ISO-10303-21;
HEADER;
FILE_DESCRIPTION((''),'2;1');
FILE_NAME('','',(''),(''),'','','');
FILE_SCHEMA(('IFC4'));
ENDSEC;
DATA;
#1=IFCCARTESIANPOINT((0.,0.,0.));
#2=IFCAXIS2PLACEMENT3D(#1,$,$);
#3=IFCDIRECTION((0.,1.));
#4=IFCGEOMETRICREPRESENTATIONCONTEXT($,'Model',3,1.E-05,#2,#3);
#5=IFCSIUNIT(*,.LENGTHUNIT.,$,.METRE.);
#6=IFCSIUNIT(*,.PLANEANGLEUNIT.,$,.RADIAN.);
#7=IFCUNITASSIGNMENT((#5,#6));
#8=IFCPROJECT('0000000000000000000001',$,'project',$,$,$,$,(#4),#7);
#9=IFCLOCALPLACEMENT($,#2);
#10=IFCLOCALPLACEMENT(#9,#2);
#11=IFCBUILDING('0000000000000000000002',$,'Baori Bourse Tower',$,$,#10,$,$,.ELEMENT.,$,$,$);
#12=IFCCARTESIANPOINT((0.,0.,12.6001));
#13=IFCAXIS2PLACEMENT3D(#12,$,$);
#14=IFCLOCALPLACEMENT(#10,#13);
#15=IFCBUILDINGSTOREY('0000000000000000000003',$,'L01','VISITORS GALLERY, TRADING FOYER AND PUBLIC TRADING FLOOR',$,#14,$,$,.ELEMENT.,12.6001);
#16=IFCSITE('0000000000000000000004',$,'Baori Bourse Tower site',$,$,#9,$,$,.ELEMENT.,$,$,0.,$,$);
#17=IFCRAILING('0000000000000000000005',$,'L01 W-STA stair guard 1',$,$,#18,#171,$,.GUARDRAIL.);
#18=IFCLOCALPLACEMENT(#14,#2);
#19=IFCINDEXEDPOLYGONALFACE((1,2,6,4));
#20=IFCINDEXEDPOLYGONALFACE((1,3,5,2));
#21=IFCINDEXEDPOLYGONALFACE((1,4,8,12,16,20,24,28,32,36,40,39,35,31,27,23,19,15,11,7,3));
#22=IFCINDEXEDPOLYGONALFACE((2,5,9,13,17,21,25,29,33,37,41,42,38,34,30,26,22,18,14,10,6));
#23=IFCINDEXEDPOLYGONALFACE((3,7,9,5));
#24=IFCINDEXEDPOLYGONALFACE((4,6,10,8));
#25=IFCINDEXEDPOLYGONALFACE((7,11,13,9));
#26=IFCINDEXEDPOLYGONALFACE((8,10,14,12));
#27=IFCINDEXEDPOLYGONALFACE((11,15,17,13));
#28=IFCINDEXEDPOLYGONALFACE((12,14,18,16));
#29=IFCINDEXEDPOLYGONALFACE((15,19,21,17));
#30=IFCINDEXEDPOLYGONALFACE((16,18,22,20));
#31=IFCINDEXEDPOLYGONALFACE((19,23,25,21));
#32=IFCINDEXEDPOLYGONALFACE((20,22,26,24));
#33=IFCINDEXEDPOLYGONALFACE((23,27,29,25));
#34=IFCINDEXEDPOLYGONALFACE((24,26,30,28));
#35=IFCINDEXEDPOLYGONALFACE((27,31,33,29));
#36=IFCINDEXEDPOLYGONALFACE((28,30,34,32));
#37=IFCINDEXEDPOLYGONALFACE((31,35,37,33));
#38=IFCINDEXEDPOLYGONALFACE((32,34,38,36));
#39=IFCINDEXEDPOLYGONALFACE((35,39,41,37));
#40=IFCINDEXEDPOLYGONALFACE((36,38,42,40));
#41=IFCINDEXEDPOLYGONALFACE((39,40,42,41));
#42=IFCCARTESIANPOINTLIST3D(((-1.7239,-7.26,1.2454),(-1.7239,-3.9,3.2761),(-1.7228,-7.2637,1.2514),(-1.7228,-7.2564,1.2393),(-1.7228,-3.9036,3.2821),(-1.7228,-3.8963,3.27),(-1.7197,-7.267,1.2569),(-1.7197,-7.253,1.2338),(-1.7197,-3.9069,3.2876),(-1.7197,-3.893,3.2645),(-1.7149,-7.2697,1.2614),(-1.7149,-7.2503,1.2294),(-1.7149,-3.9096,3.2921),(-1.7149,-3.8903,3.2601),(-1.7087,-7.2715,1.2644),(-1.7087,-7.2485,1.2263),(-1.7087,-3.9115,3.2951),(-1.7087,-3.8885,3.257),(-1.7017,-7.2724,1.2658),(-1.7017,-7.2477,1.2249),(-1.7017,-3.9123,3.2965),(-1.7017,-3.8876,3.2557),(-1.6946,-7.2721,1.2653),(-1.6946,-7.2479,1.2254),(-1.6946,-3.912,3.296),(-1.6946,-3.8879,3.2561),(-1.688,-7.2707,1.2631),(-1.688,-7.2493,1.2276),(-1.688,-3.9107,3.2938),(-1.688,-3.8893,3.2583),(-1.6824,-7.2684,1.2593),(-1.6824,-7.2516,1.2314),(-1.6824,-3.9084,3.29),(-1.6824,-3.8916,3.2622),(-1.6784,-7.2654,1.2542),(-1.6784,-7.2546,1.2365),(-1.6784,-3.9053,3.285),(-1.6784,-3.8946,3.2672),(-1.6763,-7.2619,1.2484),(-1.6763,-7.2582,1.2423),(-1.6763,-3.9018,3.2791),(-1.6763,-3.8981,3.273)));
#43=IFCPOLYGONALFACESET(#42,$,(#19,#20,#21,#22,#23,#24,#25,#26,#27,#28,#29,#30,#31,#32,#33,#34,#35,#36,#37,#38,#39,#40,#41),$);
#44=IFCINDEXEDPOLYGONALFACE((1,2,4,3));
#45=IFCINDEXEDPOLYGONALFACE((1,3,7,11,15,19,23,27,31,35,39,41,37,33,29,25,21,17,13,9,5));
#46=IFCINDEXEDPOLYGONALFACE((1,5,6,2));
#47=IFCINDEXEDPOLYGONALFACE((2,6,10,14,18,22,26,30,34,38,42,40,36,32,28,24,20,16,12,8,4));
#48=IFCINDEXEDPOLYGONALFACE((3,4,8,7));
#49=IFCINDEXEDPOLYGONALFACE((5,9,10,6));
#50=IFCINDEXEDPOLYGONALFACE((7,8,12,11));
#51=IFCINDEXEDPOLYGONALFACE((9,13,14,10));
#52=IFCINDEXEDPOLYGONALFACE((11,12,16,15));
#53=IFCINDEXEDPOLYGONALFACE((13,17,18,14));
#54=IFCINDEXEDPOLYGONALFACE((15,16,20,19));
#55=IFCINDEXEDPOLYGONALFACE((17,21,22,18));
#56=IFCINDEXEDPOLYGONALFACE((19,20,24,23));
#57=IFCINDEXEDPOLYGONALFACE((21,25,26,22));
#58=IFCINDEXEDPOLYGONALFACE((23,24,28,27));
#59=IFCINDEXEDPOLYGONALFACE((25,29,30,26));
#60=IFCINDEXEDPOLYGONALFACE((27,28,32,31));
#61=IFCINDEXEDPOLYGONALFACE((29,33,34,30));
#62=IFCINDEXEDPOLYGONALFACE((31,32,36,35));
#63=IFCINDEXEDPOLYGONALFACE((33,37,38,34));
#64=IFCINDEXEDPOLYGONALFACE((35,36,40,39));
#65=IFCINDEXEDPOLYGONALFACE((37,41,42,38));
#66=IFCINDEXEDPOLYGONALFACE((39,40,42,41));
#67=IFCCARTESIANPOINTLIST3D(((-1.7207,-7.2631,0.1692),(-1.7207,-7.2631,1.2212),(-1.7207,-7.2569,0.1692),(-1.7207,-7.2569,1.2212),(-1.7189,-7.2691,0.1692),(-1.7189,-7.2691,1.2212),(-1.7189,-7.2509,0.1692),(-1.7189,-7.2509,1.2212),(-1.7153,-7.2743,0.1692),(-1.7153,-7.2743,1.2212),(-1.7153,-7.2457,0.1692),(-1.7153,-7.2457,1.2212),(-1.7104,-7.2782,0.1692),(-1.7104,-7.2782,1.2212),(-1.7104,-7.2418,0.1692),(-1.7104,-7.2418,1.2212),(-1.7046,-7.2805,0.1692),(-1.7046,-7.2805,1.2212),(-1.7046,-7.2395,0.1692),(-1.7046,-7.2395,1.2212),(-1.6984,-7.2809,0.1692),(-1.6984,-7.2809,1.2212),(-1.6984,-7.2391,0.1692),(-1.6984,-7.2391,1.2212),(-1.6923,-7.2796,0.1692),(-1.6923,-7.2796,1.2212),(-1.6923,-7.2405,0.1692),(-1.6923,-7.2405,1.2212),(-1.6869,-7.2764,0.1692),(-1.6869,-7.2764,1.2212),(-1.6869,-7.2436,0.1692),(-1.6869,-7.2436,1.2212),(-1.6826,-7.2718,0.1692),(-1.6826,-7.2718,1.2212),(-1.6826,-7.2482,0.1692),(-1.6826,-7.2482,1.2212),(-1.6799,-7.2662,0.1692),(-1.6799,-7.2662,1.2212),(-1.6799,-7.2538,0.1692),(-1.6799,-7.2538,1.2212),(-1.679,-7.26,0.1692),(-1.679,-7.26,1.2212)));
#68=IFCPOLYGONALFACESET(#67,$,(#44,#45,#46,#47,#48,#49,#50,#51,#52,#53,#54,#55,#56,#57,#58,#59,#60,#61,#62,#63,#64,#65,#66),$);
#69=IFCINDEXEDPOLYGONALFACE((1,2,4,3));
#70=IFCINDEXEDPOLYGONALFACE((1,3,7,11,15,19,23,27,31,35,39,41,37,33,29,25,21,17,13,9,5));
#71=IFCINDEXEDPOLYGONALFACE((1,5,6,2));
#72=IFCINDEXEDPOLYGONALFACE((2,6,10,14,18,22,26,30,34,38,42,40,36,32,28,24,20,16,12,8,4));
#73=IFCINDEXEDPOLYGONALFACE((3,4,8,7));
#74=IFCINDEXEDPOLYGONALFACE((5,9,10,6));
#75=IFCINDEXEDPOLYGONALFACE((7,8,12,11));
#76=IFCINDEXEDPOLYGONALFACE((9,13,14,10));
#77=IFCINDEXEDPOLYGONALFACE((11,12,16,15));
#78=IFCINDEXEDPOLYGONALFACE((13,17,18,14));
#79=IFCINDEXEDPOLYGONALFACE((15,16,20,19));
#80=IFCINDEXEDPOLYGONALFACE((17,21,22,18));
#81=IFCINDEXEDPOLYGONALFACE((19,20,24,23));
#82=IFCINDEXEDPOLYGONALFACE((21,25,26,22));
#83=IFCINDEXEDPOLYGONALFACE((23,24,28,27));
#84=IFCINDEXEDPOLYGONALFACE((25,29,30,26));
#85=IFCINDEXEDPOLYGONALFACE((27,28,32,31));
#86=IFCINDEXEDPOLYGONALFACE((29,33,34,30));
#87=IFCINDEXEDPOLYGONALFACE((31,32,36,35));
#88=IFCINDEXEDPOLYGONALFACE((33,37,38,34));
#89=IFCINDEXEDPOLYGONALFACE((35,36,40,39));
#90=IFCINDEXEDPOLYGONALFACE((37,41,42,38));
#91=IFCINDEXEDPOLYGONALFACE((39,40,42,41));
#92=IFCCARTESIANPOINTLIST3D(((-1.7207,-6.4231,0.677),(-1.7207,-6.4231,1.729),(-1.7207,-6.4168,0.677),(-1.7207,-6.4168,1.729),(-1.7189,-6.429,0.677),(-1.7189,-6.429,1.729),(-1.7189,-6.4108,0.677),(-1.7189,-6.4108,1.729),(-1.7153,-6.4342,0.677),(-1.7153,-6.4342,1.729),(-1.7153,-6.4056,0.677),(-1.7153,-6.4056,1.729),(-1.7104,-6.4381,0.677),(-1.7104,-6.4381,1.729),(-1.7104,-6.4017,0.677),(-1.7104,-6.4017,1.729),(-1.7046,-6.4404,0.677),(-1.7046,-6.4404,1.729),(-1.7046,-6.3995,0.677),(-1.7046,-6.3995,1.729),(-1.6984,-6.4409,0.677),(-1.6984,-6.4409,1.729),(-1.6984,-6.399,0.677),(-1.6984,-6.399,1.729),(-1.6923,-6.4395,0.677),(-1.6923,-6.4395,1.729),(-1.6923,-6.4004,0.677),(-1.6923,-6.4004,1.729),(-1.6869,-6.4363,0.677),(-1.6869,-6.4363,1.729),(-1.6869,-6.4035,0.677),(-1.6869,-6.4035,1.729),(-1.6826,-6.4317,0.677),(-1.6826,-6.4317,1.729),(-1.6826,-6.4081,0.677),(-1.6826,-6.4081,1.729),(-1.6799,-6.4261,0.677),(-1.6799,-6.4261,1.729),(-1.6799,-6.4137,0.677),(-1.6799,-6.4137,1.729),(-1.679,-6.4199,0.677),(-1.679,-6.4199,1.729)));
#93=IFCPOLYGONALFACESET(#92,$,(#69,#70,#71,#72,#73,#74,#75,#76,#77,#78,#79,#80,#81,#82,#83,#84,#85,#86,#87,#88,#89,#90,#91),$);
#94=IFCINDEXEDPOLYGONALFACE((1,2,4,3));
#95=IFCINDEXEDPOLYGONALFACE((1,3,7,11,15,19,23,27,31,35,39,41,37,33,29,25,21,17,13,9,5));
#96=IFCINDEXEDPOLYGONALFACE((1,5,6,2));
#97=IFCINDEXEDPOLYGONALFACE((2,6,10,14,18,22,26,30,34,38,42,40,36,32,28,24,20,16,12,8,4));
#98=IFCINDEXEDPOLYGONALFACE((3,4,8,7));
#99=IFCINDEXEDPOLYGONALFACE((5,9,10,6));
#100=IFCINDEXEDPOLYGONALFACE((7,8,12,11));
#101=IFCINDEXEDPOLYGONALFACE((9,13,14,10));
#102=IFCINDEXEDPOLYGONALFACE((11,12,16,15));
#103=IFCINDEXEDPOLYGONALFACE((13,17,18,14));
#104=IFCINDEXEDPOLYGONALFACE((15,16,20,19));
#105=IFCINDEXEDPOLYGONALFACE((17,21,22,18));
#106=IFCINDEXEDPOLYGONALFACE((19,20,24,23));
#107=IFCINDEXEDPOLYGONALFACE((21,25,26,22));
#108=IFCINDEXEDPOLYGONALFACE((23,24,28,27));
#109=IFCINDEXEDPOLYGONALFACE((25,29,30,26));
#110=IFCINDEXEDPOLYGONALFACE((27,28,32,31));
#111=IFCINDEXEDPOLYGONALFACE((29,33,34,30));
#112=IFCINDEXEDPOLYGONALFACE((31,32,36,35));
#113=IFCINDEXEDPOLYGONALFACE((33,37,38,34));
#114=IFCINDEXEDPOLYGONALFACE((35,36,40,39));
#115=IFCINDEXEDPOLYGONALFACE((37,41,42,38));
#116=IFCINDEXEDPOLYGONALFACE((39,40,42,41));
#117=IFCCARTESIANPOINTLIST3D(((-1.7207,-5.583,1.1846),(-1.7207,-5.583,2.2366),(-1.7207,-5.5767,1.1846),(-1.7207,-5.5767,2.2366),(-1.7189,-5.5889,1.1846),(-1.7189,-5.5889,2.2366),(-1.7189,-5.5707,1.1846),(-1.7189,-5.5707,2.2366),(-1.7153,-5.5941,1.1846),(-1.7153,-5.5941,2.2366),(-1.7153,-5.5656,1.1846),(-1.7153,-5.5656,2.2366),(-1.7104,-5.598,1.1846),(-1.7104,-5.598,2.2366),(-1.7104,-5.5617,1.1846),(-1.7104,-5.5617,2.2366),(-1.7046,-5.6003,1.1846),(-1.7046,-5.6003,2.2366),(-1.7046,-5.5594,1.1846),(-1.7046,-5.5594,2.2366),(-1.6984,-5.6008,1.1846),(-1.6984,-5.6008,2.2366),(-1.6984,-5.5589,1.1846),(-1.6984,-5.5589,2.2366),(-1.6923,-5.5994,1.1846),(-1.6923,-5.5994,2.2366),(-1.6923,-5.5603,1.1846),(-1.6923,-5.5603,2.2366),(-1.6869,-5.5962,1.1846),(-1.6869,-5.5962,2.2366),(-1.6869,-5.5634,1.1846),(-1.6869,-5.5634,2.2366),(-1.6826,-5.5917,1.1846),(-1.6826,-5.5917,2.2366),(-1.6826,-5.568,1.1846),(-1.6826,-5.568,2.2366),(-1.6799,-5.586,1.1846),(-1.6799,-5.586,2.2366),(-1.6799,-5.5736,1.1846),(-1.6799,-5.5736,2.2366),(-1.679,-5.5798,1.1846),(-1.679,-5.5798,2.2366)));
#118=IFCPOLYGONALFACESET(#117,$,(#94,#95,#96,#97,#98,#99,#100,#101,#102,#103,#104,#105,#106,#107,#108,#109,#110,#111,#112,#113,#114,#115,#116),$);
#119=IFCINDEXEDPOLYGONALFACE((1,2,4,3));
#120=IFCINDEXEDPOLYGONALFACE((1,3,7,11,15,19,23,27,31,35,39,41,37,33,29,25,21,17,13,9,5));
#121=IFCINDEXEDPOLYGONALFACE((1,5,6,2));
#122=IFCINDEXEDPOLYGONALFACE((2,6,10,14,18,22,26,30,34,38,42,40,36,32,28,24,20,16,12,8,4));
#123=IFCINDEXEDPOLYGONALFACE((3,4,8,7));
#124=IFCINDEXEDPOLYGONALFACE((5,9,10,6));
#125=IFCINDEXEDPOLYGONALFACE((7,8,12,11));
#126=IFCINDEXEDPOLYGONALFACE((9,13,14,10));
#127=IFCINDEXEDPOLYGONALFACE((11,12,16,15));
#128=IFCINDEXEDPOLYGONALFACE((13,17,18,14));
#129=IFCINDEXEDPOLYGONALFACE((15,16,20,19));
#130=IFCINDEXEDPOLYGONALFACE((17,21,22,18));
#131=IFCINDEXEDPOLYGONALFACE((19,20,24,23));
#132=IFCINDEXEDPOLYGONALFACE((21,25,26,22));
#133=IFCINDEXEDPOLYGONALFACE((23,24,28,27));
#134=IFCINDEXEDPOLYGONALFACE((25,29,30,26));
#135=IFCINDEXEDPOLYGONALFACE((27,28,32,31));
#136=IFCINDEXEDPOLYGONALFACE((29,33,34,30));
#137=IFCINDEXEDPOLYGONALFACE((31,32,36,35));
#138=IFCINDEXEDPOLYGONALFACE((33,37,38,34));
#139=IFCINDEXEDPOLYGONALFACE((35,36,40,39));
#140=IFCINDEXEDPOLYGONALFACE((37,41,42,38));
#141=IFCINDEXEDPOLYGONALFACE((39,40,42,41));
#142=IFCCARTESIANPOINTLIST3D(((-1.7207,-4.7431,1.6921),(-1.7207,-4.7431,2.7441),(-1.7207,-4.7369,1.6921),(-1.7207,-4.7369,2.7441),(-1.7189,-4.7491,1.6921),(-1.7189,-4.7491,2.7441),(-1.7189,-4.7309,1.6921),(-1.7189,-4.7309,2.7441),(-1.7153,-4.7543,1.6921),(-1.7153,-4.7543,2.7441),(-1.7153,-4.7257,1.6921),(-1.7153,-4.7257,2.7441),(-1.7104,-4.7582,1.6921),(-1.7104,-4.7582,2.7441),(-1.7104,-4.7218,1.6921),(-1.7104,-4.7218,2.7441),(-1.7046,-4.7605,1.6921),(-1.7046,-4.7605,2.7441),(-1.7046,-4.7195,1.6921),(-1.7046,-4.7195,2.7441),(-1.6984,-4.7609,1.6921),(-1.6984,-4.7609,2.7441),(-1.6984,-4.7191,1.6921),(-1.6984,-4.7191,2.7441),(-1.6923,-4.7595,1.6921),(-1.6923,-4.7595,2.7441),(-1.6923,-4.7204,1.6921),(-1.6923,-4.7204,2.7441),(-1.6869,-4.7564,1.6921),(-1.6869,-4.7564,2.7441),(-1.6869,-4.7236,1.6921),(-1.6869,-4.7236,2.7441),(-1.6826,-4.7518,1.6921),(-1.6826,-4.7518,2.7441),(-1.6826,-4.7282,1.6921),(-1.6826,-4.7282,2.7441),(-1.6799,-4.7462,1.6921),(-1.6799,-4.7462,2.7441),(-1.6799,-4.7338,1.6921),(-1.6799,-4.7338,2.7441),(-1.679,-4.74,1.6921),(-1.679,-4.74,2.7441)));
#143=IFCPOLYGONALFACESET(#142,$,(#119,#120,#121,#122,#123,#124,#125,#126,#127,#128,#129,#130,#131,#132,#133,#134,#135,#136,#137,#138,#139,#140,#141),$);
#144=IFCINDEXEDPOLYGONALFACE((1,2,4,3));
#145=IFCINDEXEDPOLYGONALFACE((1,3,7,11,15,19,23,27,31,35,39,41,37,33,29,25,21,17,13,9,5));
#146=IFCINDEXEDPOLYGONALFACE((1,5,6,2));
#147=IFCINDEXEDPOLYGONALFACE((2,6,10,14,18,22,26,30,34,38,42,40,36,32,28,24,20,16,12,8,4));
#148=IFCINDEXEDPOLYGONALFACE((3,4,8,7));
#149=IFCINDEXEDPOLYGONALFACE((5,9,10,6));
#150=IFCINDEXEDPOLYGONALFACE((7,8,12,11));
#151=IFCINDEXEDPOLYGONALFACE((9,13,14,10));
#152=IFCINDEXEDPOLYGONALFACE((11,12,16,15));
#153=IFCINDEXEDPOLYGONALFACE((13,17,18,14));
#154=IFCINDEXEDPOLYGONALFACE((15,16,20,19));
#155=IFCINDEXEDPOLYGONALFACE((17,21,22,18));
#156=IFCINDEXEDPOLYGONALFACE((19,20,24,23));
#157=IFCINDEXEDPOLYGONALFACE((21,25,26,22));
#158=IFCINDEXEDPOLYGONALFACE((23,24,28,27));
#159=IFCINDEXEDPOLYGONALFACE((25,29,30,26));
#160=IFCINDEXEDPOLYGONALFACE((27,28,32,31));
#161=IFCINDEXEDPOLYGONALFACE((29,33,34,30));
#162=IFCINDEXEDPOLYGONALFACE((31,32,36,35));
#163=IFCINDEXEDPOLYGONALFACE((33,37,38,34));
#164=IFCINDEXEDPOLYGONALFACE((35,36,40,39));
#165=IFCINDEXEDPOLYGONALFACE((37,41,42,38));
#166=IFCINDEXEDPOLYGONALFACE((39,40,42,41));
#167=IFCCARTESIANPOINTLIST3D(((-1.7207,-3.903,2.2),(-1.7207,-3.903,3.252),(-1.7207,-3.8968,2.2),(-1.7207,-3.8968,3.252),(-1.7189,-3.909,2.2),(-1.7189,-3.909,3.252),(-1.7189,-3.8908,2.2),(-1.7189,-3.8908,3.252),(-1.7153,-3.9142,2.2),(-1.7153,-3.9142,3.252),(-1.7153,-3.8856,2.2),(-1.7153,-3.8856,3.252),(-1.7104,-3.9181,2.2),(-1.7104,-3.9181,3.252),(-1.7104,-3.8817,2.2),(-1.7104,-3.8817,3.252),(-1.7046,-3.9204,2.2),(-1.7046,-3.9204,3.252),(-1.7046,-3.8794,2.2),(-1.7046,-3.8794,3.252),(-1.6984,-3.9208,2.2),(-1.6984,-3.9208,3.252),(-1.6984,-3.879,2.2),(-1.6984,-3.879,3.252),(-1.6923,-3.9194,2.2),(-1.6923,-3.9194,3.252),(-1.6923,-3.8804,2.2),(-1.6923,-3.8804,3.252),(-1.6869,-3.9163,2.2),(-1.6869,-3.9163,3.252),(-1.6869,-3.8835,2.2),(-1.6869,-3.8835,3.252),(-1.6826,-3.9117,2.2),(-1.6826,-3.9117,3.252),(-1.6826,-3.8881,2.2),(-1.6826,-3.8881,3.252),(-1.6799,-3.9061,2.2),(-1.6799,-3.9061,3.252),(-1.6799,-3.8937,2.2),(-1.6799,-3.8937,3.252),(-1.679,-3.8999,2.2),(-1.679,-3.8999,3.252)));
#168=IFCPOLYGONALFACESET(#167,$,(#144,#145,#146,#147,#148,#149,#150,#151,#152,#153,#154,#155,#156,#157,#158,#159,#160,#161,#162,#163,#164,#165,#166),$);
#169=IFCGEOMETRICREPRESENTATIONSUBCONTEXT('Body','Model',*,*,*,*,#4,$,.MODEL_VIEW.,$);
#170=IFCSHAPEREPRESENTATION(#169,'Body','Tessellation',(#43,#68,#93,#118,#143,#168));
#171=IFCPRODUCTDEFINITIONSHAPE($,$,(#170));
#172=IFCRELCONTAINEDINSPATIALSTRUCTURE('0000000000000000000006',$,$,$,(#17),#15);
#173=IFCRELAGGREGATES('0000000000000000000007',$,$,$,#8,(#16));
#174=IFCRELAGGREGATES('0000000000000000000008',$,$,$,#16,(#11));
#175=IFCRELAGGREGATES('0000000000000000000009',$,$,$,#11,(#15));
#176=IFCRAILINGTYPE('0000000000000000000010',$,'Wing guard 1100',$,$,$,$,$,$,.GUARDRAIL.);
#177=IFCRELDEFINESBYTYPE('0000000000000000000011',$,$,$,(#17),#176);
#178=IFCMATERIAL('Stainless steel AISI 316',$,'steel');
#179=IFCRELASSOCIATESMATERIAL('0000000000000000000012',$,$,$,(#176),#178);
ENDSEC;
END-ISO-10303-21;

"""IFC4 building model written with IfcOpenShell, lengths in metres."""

from ifc_helpers import new_model, si_unit, direction, frame, origin, origin_2d, place, context, subcontext, project, spatial, circle, extrude, material, type_object, element, save


model = new_model("IFC4")

# Units and contexts
model_context = context("Model", 3, precision=1e-05, world=origin(), true_north=direction((0.0, 1.0)))
body_context = subcontext(model_context, "Body", "Model", "MODEL_VIEW")
ifc_project = project(units=[si_unit("LENGTHUNIT", "METRE"), si_unit("PLANEANGLEUNIT", "RADIAN")], contexts=[model_context])

# Site, building, storey
site_placement = place(None, origin())
site = spatial("IfcSite", under=ifc_project, at=site_placement, Name="Baori Bourse Tower site", CompositionType="ELEMENT", RefElevation=0.0)
building_placement = place(site_placement, origin())
building = spatial("IfcBuilding", under=site, at=building_placement, Name="Baori Bourse Tower", CompositionType="ELEMENT")
storey_placement = place(building_placement, frame((0.0, 0.0, 12.6001)))
storey = spatial("IfcBuildingStorey", under=building, at=storey_placement, Name="L01", Description="VISITORS GALLERY, TRADING FOYER AND PUBLIC TRADING FLOOR", CompositionType="ELEMENT", Elevation=12.6001)

# Railing
ifc_material_1 = material(Name="Stainless steel AISI 316", Category="steel")
railing_type_1 = type_object("IfcRailingType", Name="Wing guard 1100", PredefinedType="GUARDRAIL", material=ifc_material_1)
railing_1_placement = place(storey_placement, frame((-1.7, -7.26, 0.1692)))
element("IfcRailing", 1, at=railing_1_placement, inside=storey, type_object=railing_type_1, Name="L01 W-STA stair guard 1", PredefinedType="GUARDRAIL", context=body_context, shape_type="SweptSolid", body=[
    extrude(circle(Radius=0.0239, at=origin_2d()), frame((0.0, 0.0, 1.0762), z_axis=(0.0, 0.855837, 0.517246), x_axis=(-1.0, 0.0, 0.0)), (0.0, 0.0, 1.0), 3.926),
    extrude(circle(Radius=0.021, at=origin_2d()), origin(), (0.0, 0.0, 1.0), 1.052),
    extrude(circle(Radius=0.021, at=origin_2d()), frame((0.0, 0.8401, 0.5078)), (0.0, 0.0, 1.0), 1.052),
    extrude(circle(Radius=0.021, at=origin_2d()), frame((0.0, 1.6802, 1.0154)), (0.0, 0.0, 1.0), 1.052),
    extrude(circle(Radius=0.021, at=origin_2d()), frame((0.0, 2.52, 1.5229)), (0.0, 0.0, 1.0), 1.052),
    extrude(circle(Radius=0.021, at=origin_2d()), frame((0.0, 3.3601, 2.0308)), (0.0, 0.0, 1.0), 1.052),
])

save(model, "model.ifc")
